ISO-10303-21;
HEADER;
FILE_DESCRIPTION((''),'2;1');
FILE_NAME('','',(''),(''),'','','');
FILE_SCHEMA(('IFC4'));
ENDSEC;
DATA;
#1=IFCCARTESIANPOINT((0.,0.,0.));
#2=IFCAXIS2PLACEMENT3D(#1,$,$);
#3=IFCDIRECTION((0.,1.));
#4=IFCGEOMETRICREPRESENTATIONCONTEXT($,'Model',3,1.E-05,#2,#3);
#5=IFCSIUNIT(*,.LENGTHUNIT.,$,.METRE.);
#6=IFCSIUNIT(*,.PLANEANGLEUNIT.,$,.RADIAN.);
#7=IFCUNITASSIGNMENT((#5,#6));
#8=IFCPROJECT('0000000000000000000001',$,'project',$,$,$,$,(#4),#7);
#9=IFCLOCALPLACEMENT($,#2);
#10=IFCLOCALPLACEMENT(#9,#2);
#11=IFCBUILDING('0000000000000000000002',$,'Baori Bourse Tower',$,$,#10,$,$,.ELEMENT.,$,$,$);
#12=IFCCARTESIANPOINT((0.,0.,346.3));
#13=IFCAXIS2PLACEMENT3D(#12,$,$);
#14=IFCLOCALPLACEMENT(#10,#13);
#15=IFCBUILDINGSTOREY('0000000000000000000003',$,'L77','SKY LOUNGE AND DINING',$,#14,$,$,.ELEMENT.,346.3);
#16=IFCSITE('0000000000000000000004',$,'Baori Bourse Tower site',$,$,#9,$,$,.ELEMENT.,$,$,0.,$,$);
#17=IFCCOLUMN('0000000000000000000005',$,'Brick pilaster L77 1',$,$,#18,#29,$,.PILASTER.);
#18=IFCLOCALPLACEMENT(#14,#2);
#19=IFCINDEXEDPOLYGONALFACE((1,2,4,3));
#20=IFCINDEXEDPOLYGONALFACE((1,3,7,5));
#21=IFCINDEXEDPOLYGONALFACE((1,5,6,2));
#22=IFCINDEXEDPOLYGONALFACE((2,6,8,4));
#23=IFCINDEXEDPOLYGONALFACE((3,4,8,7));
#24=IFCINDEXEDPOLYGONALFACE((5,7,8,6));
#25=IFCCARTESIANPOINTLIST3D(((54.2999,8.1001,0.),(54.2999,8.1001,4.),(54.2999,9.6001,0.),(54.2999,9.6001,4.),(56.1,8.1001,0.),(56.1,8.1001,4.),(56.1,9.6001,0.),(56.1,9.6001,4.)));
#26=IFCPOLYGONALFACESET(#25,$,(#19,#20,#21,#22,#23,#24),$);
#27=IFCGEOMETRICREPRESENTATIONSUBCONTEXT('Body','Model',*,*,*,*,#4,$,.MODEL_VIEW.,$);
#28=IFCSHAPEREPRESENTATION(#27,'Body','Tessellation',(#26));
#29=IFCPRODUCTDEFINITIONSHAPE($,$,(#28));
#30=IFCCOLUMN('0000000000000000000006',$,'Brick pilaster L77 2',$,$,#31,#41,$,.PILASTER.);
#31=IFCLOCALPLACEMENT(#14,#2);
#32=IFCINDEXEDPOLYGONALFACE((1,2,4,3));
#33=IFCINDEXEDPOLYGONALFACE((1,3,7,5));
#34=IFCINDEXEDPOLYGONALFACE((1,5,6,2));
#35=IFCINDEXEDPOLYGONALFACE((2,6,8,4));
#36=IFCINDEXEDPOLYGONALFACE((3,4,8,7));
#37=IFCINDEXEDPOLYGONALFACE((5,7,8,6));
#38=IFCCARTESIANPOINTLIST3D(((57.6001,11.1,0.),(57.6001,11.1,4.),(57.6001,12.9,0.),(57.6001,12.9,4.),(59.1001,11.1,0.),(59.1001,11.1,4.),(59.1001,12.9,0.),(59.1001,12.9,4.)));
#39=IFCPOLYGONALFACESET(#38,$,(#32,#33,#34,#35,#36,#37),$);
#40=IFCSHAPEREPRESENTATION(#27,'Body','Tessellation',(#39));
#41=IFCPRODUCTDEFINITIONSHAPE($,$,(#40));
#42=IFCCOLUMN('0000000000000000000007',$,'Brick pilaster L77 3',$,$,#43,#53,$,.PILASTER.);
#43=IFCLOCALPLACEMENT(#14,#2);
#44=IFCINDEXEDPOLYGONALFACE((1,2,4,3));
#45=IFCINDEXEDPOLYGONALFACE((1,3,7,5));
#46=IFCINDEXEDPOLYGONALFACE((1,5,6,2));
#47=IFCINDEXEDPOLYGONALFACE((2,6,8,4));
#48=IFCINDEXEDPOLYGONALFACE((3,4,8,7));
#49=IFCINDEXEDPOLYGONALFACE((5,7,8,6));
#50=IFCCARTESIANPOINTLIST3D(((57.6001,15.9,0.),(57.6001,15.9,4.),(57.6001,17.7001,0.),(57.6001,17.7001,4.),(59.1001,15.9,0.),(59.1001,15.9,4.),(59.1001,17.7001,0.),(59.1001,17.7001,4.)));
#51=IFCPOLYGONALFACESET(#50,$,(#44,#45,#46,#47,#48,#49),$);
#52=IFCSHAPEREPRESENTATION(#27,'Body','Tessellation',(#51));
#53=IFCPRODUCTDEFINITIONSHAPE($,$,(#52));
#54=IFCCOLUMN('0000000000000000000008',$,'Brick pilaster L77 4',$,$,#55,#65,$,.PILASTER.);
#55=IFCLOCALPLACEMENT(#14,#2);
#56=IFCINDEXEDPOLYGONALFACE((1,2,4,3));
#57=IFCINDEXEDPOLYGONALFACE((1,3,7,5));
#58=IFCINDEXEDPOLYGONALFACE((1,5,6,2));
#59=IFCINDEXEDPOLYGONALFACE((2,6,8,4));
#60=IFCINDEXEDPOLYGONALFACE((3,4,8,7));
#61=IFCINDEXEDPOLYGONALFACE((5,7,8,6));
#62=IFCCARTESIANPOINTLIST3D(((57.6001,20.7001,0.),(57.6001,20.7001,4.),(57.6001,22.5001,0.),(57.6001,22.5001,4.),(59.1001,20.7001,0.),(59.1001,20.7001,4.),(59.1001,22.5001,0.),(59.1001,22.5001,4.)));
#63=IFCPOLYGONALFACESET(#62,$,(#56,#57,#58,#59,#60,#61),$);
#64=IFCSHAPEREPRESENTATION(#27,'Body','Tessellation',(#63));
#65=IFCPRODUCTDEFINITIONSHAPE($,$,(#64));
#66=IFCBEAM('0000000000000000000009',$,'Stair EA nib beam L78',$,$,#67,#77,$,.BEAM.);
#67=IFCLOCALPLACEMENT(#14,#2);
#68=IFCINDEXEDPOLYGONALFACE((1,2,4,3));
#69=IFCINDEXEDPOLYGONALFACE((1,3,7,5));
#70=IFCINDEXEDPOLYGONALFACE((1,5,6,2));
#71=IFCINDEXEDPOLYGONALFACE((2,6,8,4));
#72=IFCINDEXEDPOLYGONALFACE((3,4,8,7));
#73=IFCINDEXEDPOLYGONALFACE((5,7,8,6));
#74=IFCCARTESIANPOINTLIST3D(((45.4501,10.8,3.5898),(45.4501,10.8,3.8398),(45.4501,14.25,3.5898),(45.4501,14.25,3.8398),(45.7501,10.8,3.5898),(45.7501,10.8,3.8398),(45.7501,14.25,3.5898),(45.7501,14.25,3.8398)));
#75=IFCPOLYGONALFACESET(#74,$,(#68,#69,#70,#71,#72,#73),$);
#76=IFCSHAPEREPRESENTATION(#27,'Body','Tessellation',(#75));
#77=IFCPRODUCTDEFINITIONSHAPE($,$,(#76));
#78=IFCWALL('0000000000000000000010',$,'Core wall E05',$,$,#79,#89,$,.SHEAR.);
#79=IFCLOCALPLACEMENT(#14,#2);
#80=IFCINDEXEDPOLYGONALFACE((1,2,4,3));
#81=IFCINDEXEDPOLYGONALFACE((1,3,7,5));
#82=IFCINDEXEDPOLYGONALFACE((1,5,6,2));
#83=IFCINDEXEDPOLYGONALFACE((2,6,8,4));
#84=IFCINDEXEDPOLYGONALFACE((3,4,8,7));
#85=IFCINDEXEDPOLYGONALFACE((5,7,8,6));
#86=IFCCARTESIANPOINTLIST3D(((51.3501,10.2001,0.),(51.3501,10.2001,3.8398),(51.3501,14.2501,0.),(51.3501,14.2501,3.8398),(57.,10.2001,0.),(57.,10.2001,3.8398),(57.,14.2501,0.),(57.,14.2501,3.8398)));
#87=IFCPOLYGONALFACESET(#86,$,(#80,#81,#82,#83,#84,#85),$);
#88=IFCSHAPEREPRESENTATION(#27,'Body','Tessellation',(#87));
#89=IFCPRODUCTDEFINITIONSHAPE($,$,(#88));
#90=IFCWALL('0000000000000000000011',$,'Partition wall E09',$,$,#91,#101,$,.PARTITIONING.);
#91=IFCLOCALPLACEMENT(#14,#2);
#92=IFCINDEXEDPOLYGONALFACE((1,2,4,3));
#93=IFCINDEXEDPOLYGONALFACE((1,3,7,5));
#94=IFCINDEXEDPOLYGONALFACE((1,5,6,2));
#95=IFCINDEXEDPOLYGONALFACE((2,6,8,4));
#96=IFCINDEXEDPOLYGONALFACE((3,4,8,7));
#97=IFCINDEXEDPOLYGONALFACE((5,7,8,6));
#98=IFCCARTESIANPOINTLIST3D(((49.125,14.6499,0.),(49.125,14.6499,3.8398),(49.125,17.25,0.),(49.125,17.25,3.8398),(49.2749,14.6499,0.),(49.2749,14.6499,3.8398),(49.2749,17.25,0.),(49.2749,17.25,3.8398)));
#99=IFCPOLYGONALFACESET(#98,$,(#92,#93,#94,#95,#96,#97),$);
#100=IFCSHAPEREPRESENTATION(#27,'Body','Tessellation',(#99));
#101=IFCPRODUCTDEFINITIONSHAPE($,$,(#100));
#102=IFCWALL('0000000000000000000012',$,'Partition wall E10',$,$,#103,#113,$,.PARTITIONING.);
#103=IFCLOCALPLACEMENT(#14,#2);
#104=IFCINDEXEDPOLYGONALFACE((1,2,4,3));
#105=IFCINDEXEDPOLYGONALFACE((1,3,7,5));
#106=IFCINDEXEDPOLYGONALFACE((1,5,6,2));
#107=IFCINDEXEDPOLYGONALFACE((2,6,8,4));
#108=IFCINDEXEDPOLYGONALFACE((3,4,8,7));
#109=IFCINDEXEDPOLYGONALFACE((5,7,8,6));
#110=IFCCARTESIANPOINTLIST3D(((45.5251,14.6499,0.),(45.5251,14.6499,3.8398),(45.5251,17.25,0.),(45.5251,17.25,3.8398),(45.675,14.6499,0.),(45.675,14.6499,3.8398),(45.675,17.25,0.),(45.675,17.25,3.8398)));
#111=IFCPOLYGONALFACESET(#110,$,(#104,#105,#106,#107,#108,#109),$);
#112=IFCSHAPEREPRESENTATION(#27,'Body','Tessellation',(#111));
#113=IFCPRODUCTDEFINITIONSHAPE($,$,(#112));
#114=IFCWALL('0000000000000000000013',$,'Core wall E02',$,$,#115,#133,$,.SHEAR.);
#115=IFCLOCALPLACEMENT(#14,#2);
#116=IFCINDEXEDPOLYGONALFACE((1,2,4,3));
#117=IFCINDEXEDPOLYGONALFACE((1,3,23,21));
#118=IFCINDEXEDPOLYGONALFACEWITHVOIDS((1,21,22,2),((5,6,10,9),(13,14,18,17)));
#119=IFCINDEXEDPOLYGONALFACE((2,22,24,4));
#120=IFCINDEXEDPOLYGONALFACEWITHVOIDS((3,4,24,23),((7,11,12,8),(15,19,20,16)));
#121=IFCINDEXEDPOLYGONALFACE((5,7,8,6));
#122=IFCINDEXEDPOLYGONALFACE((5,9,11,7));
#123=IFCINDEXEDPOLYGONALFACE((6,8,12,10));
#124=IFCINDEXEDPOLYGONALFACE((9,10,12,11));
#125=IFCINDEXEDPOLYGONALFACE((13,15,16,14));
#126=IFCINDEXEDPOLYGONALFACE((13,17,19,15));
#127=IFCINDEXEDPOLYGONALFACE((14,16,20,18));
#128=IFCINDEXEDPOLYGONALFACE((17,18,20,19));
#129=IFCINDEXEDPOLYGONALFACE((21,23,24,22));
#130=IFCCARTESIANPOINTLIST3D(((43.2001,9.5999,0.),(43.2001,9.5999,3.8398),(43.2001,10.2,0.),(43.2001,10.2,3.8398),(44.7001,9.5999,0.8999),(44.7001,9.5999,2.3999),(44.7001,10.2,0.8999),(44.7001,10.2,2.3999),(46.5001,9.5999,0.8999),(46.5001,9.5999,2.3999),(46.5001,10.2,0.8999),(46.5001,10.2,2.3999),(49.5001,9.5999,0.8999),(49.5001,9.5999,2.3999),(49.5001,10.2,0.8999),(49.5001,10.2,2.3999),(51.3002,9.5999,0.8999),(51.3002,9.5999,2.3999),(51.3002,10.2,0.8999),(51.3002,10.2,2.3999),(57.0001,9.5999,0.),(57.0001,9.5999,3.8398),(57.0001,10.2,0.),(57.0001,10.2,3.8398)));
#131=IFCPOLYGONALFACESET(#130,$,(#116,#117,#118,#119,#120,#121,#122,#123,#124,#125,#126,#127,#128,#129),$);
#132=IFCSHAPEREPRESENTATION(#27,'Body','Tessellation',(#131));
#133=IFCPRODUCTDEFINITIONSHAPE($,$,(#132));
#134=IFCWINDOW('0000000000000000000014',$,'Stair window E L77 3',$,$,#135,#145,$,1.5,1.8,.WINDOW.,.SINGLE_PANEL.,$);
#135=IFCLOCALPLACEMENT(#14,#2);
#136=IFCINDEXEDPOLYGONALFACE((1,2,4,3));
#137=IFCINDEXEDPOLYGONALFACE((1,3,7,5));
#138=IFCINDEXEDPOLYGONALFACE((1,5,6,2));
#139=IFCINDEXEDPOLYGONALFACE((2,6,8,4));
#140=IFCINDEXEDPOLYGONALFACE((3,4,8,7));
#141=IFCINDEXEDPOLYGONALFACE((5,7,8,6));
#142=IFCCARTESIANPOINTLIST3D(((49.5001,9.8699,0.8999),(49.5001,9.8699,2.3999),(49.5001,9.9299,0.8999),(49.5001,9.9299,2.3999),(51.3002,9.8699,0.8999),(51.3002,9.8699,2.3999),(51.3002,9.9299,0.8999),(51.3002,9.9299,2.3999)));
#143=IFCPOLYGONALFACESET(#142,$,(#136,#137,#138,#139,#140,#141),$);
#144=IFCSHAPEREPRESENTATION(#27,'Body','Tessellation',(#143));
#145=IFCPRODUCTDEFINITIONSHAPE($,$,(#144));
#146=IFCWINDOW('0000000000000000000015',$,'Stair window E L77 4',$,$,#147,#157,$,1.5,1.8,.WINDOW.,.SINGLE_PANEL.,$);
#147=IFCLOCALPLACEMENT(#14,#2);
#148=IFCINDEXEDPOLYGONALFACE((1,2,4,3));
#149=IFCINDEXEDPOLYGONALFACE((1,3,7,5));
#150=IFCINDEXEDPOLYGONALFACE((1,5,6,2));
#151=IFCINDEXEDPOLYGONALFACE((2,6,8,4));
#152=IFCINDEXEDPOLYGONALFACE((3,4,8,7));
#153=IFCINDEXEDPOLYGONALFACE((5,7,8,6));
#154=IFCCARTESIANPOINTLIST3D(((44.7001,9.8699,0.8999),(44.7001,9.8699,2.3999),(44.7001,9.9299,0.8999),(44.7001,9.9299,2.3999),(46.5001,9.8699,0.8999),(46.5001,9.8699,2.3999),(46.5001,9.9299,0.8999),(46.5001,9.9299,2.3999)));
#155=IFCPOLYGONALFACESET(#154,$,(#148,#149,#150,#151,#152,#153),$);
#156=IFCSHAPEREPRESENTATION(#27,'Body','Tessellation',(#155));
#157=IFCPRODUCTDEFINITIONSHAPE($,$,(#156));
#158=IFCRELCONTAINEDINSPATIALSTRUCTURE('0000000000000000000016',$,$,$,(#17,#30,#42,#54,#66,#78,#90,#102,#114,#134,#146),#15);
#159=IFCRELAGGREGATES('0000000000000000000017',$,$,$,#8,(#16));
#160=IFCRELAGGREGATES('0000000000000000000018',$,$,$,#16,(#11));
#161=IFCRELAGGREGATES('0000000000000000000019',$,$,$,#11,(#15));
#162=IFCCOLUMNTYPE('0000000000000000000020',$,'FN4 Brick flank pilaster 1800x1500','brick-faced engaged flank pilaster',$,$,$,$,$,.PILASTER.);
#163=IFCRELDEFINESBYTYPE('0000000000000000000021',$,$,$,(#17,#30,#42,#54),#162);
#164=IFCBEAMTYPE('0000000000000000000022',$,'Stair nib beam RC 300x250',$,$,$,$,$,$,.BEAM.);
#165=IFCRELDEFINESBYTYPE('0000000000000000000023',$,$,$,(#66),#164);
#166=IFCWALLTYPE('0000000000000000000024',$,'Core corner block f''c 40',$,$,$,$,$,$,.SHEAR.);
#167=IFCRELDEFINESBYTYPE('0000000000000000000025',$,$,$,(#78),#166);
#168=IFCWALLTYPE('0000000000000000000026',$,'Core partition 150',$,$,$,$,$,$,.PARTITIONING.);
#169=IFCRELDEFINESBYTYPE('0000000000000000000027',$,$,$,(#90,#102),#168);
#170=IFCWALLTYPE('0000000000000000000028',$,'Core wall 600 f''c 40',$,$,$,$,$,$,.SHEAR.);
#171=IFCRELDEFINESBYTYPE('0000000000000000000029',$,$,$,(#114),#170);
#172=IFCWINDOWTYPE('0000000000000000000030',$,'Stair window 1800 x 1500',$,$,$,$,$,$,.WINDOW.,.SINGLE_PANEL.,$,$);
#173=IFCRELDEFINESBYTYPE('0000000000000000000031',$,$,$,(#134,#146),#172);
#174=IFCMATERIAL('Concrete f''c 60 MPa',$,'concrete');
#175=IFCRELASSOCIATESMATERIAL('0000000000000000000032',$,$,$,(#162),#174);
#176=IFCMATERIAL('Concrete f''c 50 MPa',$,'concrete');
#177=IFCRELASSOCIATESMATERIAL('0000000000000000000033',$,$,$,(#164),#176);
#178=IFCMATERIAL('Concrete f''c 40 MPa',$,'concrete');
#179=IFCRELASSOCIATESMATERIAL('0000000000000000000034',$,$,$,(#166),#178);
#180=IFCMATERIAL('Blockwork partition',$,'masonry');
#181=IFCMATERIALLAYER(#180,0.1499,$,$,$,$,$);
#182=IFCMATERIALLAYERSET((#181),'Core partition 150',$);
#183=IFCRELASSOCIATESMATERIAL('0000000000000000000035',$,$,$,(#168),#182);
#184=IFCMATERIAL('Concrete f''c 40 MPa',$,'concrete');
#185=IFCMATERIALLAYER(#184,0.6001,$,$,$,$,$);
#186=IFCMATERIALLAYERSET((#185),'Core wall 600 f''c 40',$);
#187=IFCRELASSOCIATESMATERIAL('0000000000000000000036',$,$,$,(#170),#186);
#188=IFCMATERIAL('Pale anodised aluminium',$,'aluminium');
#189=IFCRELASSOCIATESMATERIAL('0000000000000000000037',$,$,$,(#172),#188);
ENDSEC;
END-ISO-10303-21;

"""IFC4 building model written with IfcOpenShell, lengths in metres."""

from ifc_helpers import new_model, si_unit, direction, frame, frame_2d, origin, origin_2d, place, context, subcontext, project, spatial, rectangle, extrude, material, layer, layer_set, material_profile, profile_set, type_object, element, fill, save


model = new_model("IFC4")

# Units and contexts
model_context = context("Model", 3, precision=1e-05, world=origin(), true_north=direction((0.0, 1.0)))
body_context = subcontext(model_context, "Body", "Model", "MODEL_VIEW")
ifc_project = project(units=[si_unit("LENGTHUNIT", "METRE"), si_unit("PLANEANGLEUNIT", "RADIAN")], contexts=[model_context])

# Site, building, storey
site_placement = place(None, origin())
site = spatial("IfcSite", under=ifc_project, at=site_placement, Name="Baori Bourse Tower site", CompositionType="ELEMENT", RefElevation=0.0)
building_placement = place(site_placement, origin())
building = spatial("IfcBuilding", under=site, at=building_placement, Name="Baori Bourse Tower", CompositionType="ELEMENT")
storey_placement = place(building_placement, frame((0.0, 0.0, 346.3)))
storey = spatial("IfcBuildingStorey", under=building, at=storey_placement, Name="L77", Description="SKY LOUNGE AND DINING", CompositionType="ELEMENT", Elevation=346.3)

# Columns
ifc_material_1 = material(Name="Concrete f'c 60 MPa", Category="concrete")
ifc_material_profile_1 = material_profile(ifc_material_1, rectangle(XDim=1.8, YDim=1.5, at=origin_2d()), Name="RC 1800x1500")
ifc_profile_set_1 = profile_set([ifc_material_profile_1], Name="Concrete f'c 60 MPa")
column_type = type_object("IfcColumnType", Name="FN4 Brick flank pilaster 1800x1500", Description="brick-faced engaged flank pilaster", PredefinedType="PILASTER", material=ifc_profile_set_1)
for number, where, z_axis, x_axis, name in (
    (1, (55.2, 8.8501, 0.0), (0.0, 0.0, 1.0), (1.0, 0.0, 0.0), "Brick pilaster L77 1"),
    (2, (58.3501, 12.0, 0.0), (0.0, 0.0, 1.0), (0.0, 1.0, 0.0), "Brick pilaster L77 2"),
    (3, (58.3501, 16.8, 0.0), (0.0, 0.0, 1.0), (0.0, 1.0, 0.0), "Brick pilaster L77 3"),
    (4, (58.3501, 21.6001, 0.0), (0.0, 0.0, 1.0), (0.0, 1.0, 0.0), "Brick pilaster L77 4"),
):
    element("IfcColumn", number, at=place(storey_placement, frame(where, z_axis=z_axis, x_axis=x_axis)), inside=storey, type_object=column_type, Name=name, PredefinedType="PILASTER", context=body_context, shape_type="SweptSolid", body=[
        extrude(rectangle(XDim=1.8, YDim=1.5, at=origin_2d()), origin(), (0.0, 0.0, 1.0), 4.0),
    ])

# Beam
ifc_material_2 = material(Name="Concrete f'c 50 MPa", Category="concrete")
ifc_material_profile_2 = material_profile(ifc_material_2, rectangle(XDim=0.3, YDim=0.25, at=origin_2d()), Name="RC 300x250")
ifc_profile_set_2 = profile_set([ifc_material_profile_2], Name="Concrete f'c 50 MPa")
beam_type = type_object("IfcBeamType", Name="Stair nib beam RC 300x250", PredefinedType="BEAM", material=ifc_profile_set_2)
beam_placement = place(storey_placement, frame((45.6001, 10.8, 3.7148), z_axis=(0.0, 1.0, 0.0), x_axis=(-1.0, 0.0, 0.0)))
element("IfcBeam", 5, at=beam_placement, inside=storey, type_object=beam_type, Name="Stair EA nib beam L78", PredefinedType="BEAM", context=body_context, shape_type="SweptSolid", body=[
    extrude(rectangle(XDim=0.3, YDim=0.25, at=origin_2d()), origin(), (0.0, 0.0, 1.0), 3.45),
])

# Walls
ifc_material_3 = material(Name="Concrete f'c 40 MPa", Category="concrete")
wall_type_1 = type_object("IfcWallType", Name="Core corner block f'c 40", PredefinedType="SHEAR", material=ifc_material_3)
wall_1_placement = place(storey_placement, frame((51.3501, 12.2251, 0.0), z_axis=(0.0, 0.0, 1.0), x_axis=(1.0, 0.0, 0.0)))
element("IfcWall", 6, at=wall_1_placement, inside=storey, type_object=wall_type_1, Name="Core wall E05", PredefinedType="SHEAR", context=body_context, shape_type="SweptSolid", body=[
    extrude(rectangle(XDim=5.6499, YDim=4.05, at=frame_2d((2.825, 0.0))), origin(), (0.0, 0.0, 1.0), 3.8398),
])
ifc_material_4 = material(Name="Blockwork partition", Category="masonry")
ifc_layer_1 = layer(ifc_material_4, 0.1499)
ifc_layer_set_1 = layer_set([ifc_layer_1], Name="Core partition 150")
wall_type_2 = type_object("IfcWallType", Name="Core partition 150", PredefinedType="PARTITIONING", material=ifc_layer_set_1)
for number, where, z_axis, x_axis, name in (
    (7, (49.2, 14.6499, 0.0), (0.0, 0.0, 1.0), (0.0, 1.0, 0.0), "Partition wall E09"),
    (8, (45.6001, 14.6499, 0.0), (0.0, 0.0, 1.0), (0.0, 1.0, 0.0), "Partition wall E10"),
):
    element("IfcWall", number, at=place(storey_placement, frame(where, z_axis=z_axis, x_axis=x_axis)), inside=storey, type_object=wall_type_2, Name=name, PredefinedType="PARTITIONING", context=body_context, shape_type="SweptSolid", body=[
        extrude(rectangle(XDim=2.6001, YDim=0.1499, at=frame_2d((1.3, 0.0))), origin(), (0.0, 0.0, 1.0), 3.8398),
    ])

# Wall, openings, windows
ifc_material_5 = material(Name="Concrete f'c 40 MPa", Category="concrete")
ifc_layer_2 = layer(ifc_material_5, 0.6001)
ifc_layer_set_2 = layer_set([ifc_layer_2], Name="Core wall 600 f'c 40")
wall_type_3 = type_object("IfcWallType", Name="Core wall 600 f'c 40", PredefinedType="SHEAR", material=ifc_layer_set_2)
wall_2_placement = place(storey_placement, frame((57.0, 9.8999, 0.0), z_axis=(0.0, 0.0, 1.0), x_axis=(-1.0, 0.0, 0.0)))
wall_2 = element("IfcWall", 9, at=wall_2_placement, inside=storey, type_object=wall_type_3, Name="Core wall E02", PredefinedType="SHEAR", context=body_context, shape_type="SweptSolid", body=[
    extrude(rectangle(XDim=13.8, YDim=0.6001, at=frame_2d((6.8999, 0.0))), origin(), (0.0, 0.0, 1.0), 3.8398),
])
opening_1_placement = place(wall_2_placement, frame((5.7, 0.0, 0.8999)))
opening_1 = element("IfcOpeningElement", 10, at=opening_1_placement, cuts=wall_2, PredefinedType="OPENING", context=body_context, shape_type="SweptSolid", body=[
    extrude(rectangle(XDim=1.8, YDim=1.5, at=frame_2d((0.8999, 0.75))), frame((0.0, 0.3101, 0.0), z_axis=(0.0, -1.0, 0.0), x_axis=(1.0, 0.0, 0.0)), (0.0, 0.0, 1.0), 0.6201),
])
opening_2_placement = place(wall_2_placement, frame((10.5, 0.0, 0.8999)))
opening_2 = element("IfcOpeningElement", 11, at=opening_2_placement, cuts=wall_2, PredefinedType="OPENING", context=body_context, shape_type="SweptSolid", body=[
    extrude(rectangle(XDim=1.8, YDim=1.5, at=frame_2d((0.8999, 0.75))), frame((0.0, 0.3101, 0.0), z_axis=(0.0, -1.0, 0.0), x_axis=(1.0, 0.0, 0.0)), (0.0, 0.0, 1.0), 0.6201),
])
ifc_material_6 = material(Name="Pale anodised aluminium", Category="aluminium")
window_type = type_object("IfcWindowType", Name="Stair window 1800 x 1500", PartitioningType="SINGLE_PANEL", PredefinedType="WINDOW", material=ifc_material_6)
window_1_placement = place(opening_1_placement, origin())
window_1 = element("IfcWindow", 12, at=window_1_placement, inside=storey, type_object=window_type, Name="Stair window E L77 3", OverallHeight=1.5, OverallWidth=1.8, PartitioningType="SINGLE_PANEL", PredefinedType="WINDOW", context=body_context, shape_type="SweptSolid", body=[
    extrude(rectangle(XDim=1.8, YDim=1.5, at=frame_2d((0.8999, 0.75))), frame((0.0, 0.03, 0.0), z_axis=(0.0, -1.0, 0.0), x_axis=(1.0, 0.0, 0.0)), (0.0, 0.0, 1.0), 0.0601),
])
fill(opening_1, window_1)
window_2_placement = place(opening_2_placement, origin())
window_2 = element("IfcWindow", 13, at=window_2_placement, inside=storey, type_object=window_type, Name="Stair window E L77 4", OverallHeight=1.5, OverallWidth=1.8, PartitioningType="SINGLE_PANEL", PredefinedType="WINDOW", context=body_context, shape_type="SweptSolid", body=[
    extrude(rectangle(XDim=1.8, YDim=1.5, at=frame_2d((0.8999, 0.75))), frame((0.0, 0.03, 0.0), z_axis=(0.0, -1.0, 0.0), x_axis=(1.0, 0.0, 0.0)), (0.0, 0.0, 1.0), 0.0601),
])
fill(opening_2, window_2)

save(model, "model.ifc")
